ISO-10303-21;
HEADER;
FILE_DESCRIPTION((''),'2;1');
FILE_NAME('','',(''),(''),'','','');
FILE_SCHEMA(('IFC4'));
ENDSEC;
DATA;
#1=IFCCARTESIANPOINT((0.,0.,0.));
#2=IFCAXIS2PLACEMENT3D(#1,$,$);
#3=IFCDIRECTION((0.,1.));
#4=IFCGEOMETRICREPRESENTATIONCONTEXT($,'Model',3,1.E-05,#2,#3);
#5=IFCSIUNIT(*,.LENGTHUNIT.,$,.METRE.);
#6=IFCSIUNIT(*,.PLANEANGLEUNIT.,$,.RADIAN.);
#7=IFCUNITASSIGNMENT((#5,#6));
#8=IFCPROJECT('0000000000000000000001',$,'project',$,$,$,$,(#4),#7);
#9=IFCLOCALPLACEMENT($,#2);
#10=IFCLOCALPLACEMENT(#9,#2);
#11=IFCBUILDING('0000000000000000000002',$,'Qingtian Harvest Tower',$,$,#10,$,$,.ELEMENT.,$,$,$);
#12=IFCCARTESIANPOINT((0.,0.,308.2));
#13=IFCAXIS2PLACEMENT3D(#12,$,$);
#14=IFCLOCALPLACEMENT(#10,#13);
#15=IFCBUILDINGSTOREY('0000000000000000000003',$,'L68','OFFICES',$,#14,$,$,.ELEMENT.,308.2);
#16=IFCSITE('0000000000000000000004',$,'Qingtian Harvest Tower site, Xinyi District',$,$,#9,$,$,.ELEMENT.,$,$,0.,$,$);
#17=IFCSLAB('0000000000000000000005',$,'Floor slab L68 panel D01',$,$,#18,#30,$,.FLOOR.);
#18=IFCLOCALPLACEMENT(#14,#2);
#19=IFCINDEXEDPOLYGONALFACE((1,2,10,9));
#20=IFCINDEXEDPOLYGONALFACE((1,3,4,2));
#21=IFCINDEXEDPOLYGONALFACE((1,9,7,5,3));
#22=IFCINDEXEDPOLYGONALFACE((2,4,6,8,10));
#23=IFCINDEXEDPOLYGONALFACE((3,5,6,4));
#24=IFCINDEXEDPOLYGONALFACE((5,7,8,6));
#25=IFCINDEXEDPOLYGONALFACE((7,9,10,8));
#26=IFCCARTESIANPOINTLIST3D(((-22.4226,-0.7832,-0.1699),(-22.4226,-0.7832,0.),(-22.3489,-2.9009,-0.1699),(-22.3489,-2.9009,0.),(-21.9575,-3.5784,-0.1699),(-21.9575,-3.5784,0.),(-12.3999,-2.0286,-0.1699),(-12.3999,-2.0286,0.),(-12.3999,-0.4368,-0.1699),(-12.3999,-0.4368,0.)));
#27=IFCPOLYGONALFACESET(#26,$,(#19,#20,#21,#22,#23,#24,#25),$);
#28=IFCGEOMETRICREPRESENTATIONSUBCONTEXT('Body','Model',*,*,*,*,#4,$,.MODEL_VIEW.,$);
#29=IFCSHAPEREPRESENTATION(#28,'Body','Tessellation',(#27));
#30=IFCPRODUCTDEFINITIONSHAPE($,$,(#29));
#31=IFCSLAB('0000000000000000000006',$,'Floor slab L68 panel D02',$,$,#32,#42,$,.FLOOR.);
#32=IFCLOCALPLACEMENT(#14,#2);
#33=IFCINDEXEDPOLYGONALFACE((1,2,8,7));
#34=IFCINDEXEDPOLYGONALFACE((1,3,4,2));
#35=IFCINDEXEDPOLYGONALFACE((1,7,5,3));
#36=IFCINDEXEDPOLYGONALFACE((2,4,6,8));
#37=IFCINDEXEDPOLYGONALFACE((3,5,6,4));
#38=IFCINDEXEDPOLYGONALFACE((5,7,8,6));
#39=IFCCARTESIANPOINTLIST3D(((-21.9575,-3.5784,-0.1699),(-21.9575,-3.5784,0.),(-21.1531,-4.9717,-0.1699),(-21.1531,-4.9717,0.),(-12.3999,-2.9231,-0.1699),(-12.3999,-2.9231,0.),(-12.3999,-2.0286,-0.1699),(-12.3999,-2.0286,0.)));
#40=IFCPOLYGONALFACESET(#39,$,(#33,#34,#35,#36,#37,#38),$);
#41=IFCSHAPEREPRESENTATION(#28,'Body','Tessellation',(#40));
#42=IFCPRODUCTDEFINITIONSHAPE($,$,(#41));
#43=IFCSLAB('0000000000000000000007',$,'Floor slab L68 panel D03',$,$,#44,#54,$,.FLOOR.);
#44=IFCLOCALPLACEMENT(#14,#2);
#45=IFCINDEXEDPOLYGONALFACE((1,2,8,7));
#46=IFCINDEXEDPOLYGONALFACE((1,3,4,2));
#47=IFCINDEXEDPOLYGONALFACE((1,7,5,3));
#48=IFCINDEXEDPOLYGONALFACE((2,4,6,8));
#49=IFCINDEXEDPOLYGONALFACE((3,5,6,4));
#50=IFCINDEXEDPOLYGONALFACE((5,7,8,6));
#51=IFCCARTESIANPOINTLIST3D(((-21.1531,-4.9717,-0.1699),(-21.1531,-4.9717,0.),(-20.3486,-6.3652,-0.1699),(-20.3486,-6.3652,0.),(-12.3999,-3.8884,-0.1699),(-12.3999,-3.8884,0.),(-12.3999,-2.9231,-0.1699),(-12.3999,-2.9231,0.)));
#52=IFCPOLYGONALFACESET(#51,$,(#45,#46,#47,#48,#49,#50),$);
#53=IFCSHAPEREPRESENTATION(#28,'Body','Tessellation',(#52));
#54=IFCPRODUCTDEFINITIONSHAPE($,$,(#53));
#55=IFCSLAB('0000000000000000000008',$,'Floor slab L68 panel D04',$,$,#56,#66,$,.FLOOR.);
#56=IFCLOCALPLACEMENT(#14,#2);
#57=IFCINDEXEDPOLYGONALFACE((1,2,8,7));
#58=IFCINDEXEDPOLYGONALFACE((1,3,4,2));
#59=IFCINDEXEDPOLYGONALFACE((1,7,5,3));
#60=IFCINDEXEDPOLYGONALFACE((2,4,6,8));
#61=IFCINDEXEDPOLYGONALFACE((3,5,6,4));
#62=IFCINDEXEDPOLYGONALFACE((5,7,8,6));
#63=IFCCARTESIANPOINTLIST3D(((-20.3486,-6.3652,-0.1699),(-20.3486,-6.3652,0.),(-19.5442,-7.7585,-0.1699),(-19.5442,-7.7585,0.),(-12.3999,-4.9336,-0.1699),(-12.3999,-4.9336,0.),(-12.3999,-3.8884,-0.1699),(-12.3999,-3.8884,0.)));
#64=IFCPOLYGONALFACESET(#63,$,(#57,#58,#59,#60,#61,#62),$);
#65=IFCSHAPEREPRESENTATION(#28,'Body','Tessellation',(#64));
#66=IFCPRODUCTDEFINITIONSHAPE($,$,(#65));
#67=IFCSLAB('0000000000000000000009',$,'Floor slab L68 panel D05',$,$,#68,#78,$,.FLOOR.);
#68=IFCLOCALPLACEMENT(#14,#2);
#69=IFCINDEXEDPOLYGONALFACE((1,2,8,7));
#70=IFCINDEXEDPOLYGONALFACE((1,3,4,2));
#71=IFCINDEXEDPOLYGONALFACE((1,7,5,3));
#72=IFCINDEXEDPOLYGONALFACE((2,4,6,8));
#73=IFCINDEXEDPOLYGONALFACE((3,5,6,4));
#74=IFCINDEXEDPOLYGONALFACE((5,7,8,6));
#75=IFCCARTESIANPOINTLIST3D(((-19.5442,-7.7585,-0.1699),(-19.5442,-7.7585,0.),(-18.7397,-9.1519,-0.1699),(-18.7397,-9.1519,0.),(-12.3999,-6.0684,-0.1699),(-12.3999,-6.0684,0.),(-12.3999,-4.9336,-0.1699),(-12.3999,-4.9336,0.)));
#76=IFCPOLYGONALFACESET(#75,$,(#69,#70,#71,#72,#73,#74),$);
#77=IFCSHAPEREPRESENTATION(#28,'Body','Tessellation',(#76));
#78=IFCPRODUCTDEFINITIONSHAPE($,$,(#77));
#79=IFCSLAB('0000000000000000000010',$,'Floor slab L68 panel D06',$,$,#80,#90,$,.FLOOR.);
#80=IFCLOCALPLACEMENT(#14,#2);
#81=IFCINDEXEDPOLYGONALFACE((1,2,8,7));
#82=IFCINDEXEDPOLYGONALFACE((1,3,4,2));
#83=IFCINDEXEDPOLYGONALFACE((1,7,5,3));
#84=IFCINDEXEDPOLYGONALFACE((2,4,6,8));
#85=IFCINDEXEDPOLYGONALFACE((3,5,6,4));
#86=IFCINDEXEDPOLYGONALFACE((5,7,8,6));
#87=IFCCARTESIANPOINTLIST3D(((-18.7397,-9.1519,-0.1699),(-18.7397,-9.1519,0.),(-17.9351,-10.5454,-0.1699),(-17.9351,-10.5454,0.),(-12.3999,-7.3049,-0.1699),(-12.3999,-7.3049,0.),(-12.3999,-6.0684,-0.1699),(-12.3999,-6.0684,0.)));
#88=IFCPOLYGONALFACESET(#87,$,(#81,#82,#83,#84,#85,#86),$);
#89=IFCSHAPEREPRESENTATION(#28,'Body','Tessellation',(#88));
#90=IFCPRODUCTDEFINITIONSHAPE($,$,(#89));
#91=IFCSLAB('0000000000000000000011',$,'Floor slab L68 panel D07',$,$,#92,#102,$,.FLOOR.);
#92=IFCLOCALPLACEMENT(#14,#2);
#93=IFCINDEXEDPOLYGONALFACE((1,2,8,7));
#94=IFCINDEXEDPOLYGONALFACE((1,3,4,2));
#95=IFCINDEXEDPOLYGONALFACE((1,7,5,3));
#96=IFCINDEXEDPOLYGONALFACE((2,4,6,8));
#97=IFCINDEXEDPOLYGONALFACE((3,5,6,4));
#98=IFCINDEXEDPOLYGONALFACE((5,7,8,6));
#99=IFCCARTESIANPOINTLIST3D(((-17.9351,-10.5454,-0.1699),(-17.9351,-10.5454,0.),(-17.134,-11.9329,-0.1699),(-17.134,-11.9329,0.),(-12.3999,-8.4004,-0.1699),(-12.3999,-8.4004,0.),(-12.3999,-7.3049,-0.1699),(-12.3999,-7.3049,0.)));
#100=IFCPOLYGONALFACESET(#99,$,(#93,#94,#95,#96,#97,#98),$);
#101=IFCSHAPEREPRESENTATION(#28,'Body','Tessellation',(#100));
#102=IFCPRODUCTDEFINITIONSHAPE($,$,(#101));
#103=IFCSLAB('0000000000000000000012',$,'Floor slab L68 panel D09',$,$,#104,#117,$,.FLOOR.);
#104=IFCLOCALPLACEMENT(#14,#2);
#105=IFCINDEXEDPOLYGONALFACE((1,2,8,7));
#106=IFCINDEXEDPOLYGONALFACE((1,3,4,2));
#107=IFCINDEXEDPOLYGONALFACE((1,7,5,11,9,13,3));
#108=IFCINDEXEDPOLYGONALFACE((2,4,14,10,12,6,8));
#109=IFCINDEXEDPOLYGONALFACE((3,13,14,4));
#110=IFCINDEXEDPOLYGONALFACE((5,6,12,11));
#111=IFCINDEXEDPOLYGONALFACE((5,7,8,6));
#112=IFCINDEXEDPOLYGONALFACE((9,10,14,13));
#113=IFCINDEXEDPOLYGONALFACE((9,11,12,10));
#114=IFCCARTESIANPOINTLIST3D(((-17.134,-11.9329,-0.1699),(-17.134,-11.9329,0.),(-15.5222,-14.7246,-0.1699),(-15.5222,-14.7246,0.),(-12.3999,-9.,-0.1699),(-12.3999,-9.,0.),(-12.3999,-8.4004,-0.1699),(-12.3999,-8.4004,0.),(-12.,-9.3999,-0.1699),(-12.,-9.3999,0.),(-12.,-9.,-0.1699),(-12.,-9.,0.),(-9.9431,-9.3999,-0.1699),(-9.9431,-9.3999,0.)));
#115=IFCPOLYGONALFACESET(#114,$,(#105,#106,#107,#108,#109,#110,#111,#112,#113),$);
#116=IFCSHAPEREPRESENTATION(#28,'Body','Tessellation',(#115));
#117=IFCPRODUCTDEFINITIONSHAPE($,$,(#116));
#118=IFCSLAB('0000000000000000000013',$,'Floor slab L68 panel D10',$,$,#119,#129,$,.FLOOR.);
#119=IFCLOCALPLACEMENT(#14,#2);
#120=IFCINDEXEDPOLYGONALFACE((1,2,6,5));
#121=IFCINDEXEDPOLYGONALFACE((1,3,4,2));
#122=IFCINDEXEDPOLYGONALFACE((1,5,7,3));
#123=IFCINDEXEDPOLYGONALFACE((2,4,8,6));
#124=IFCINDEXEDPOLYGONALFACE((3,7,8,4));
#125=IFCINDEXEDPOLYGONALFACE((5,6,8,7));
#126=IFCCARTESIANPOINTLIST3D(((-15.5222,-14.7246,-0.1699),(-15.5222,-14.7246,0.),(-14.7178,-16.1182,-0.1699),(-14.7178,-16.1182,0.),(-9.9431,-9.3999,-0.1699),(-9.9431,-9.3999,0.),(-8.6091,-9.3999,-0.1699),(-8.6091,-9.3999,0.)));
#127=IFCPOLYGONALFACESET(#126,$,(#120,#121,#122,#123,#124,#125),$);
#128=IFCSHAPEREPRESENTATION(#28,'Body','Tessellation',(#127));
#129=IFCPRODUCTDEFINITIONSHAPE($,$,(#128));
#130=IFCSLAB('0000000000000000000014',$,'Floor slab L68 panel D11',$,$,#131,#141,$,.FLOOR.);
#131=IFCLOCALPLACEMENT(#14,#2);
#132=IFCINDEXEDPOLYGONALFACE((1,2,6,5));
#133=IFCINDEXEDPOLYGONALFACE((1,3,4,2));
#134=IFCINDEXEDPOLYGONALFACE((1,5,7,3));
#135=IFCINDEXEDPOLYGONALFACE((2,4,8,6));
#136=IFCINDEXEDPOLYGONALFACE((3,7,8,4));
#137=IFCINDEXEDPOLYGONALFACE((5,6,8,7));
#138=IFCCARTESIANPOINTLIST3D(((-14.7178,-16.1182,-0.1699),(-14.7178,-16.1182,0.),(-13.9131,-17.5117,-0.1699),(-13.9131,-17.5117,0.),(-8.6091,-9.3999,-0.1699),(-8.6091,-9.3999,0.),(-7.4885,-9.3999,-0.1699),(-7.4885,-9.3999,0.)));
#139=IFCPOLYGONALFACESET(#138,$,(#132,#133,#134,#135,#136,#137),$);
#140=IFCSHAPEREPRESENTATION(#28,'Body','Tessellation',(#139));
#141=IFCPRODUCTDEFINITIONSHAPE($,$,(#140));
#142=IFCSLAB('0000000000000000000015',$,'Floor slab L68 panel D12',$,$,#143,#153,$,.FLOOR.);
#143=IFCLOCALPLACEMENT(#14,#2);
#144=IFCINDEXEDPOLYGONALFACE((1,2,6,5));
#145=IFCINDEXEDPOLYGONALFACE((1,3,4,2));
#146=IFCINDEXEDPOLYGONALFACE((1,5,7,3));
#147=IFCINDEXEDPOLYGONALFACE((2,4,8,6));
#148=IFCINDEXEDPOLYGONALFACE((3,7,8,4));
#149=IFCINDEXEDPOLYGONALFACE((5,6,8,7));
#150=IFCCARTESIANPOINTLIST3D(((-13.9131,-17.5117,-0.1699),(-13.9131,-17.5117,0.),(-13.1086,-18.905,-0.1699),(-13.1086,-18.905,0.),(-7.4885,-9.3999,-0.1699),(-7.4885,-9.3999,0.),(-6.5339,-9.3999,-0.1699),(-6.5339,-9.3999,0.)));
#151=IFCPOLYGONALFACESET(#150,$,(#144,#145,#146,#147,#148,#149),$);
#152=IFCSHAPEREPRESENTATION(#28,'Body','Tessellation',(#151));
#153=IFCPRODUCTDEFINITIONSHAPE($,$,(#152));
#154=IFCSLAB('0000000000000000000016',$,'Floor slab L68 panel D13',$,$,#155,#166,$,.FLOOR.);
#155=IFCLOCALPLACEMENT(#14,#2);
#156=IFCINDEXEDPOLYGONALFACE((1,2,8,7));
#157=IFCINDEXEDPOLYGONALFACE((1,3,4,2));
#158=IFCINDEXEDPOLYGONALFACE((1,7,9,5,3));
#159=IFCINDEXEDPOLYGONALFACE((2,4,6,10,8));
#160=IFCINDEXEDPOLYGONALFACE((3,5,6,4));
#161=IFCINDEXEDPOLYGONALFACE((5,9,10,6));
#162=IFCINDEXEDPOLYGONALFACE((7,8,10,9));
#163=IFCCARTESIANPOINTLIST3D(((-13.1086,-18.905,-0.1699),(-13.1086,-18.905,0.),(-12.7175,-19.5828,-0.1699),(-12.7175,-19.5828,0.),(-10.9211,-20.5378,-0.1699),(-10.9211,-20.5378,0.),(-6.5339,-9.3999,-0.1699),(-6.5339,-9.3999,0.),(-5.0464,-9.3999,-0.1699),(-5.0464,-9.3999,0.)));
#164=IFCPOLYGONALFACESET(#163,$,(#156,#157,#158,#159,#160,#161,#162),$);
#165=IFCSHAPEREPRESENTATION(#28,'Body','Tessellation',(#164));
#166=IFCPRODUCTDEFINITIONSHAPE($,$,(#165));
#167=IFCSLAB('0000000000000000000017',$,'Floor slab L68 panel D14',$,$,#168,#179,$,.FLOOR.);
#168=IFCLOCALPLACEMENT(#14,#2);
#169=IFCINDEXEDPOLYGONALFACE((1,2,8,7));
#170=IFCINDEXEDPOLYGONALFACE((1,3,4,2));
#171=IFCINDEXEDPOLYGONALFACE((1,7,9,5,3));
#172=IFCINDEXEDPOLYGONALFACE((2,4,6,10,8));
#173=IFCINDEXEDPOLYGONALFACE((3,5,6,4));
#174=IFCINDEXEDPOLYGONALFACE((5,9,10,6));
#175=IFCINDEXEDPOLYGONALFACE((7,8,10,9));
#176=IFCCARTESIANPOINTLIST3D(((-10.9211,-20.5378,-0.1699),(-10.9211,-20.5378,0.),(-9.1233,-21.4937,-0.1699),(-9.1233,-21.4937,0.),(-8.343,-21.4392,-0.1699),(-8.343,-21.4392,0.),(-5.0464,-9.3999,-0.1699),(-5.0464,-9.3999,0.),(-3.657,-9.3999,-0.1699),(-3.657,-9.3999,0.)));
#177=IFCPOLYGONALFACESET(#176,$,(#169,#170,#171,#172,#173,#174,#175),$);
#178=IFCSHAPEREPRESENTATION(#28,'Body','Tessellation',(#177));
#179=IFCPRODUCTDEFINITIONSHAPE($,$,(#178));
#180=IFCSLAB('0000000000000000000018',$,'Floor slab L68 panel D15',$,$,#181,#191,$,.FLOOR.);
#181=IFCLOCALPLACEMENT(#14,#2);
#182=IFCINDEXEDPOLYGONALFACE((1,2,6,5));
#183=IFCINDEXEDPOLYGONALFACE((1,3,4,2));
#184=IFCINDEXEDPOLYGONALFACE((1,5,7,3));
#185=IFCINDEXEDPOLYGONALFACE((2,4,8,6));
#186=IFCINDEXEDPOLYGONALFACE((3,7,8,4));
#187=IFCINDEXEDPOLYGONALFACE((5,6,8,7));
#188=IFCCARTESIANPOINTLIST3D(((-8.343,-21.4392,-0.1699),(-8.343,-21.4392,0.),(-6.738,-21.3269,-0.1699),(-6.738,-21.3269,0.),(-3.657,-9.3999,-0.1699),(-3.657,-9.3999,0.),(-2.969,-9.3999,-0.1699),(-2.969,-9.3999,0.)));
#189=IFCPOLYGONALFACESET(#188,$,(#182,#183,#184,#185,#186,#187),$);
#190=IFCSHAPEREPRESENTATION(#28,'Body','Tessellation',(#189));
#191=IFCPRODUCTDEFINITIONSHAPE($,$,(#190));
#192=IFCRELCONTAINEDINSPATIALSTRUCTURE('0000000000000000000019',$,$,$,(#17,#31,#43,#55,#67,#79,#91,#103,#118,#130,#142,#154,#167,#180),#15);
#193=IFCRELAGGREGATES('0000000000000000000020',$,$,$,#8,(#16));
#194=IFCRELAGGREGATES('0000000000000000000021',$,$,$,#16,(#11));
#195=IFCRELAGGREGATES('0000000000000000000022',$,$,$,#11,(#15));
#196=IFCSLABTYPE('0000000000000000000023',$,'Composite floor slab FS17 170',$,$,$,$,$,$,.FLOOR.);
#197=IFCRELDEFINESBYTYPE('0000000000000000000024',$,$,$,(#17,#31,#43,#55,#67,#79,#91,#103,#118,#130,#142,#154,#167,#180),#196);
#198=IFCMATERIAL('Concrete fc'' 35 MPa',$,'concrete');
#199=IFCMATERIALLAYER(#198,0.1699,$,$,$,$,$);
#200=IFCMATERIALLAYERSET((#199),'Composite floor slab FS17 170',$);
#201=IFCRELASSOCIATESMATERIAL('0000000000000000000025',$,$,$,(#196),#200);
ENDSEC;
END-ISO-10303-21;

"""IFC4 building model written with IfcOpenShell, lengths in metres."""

from ifc_helpers import new_model, si_unit, direction, frame, origin, place, context, subcontext, project, spatial, polyline, outline, extrude, material, layer, layer_set, type_object, element, save


model = new_model("IFC4")

# Units and contexts
model_context = context("Model", 3, precision=1e-05, world=origin(), true_north=direction((0.0, 1.0)))
body_context = subcontext(model_context, "Body", "Model", "MODEL_VIEW")
ifc_project = project(units=[si_unit("LENGTHUNIT", "METRE"), si_unit("PLANEANGLEUNIT", "RADIAN")], contexts=[model_context])

# Site, building, storey
site_placement = place(None, origin())
site = spatial("IfcSite", under=ifc_project, at=site_placement, Name="Qingtian Harvest Tower site, Xinyi District", CompositionType="ELEMENT", RefElevation=0.0)
building_placement = place(site_placement, origin())
building = spatial("IfcBuilding", under=site, at=building_placement, Name="Qingtian Harvest Tower", CompositionType="ELEMENT")
storey_placement = place(building_placement, frame((0.0, 0.0, 308.2)))
storey = spatial("IfcBuildingStorey", under=building, at=storey_placement, Name="L68", Description="OFFICES", CompositionType="ELEMENT", Elevation=308.2)

# Slabs
ifc_material_1 = material(Name="Concrete fc' 35 MPa", Category="concrete")
ifc_layer_1 = layer(ifc_material_1, 0.1699)
ifc_layer_set_1 = layer_set([ifc_layer_1], Name="Composite floor slab FS17 170")
slab_type_1 = type_object("IfcSlabType", Name="Composite floor slab FS17 170", PredefinedType="FLOOR", material=ifc_layer_set_1)
slab_1_placement = place(storey_placement, frame((0.0, 0.0, -0.1699)))
element("IfcSlab", 1, at=slab_1_placement, inside=storey, type_object=slab_type_1, Name="Floor slab L68 panel D01", PredefinedType="FLOOR", context=body_context, shape_type="SweptSolid", body=[
    extrude(outline(polyline([(-22.4226, -0.7832), (-12.3999, -0.4368), (-12.3999, -2.0286), (-21.9575, -3.5784), (-22.3489, -2.9009), (-22.4226, -0.7832)])), origin(), (0.0, 0.0, 1.0), 0.1699),
])
slab_2_placement = place(storey_placement, frame((0.0, 0.0, -0.1699)))
element("IfcSlab", 2, at=slab_2_placement, inside=storey, type_object=slab_type_1, Name="Floor slab L68 panel D02", PredefinedType="FLOOR", context=body_context, shape_type="SweptSolid", body=[
    extrude(outline(polyline([(-12.3999, -2.9231), (-21.1531, -4.9717), (-21.9575, -3.5784), (-12.3999, -2.0286), (-12.3999, -2.9231)])), origin(), (0.0, 0.0, 1.0), 0.1699),
])
slab_3_placement = place(storey_placement, frame((0.0, 0.0, -0.1699)))
element("IfcSlab", 3, at=slab_3_placement, inside=storey, type_object=slab_type_1, Name="Floor slab L68 panel D03", PredefinedType="FLOOR", context=body_context, shape_type="SweptSolid", body=[
    extrude(outline(polyline([(-12.3999, -3.8884), (-20.3486, -6.3652), (-21.1531, -4.9717), (-12.3999, -2.9231), (-12.3999, -3.8884)])), origin(), (0.0, 0.0, 1.0), 0.1699),
])
slab_4_placement = place(storey_placement, frame((0.0, 0.0, -0.1699)))
element("IfcSlab", 4, at=slab_4_placement, inside=storey, type_object=slab_type_1, Name="Floor slab L68 panel D04", PredefinedType="FLOOR", context=body_context, shape_type="SweptSolid", body=[
    extrude(outline(polyline([(-12.3999, -4.9336), (-19.5442, -7.7585), (-20.3486, -6.3652), (-12.3999, -3.8884), (-12.3999, -4.9336)])), origin(), (0.0, 0.0, 1.0), 0.1699),
])
slab_5_placement = place(storey_placement, frame((0.0, 0.0, -0.1699)))
element("IfcSlab", 5, at=slab_5_placement, inside=storey, type_object=slab_type_1, Name="Floor slab L68 panel D05", PredefinedType="FLOOR", context=body_context, shape_type="SweptSolid", body=[
    extrude(outline(polyline([(-12.3999, -6.0684), (-18.7397, -9.1519), (-19.5442, -7.7585), (-12.3999, -4.9336), (-12.3999, -6.0684)])), origin(), (0.0, 0.0, 1.0), 0.1699),
])
slab_6_placement = place(storey_placement, frame((0.0, 0.0, -0.1699)))
element("IfcSlab", 6, at=slab_6_placement, inside=storey, type_object=slab_type_1, Name="Floor slab L68 panel D06", PredefinedType="FLOOR", context=body_context, shape_type="SweptSolid", body=[
    extrude(outline(polyline([(-12.3999, -7.3049), (-17.9351, -10.5454), (-18.7397, -9.1519), (-12.3999, -6.0684), (-12.3999, -7.3049)])), origin(), (0.0, 0.0, 1.0), 0.1699),
])
slab_7_placement = place(storey_placement, frame((0.0, 0.0, -0.1699)))
element("IfcSlab", 7, at=slab_7_placement, inside=storey, type_object=slab_type_1, Name="Floor slab L68 panel D07", PredefinedType="FLOOR", context=body_context, shape_type="SweptSolid", body=[
    extrude(outline(polyline([(-12.3999, -8.4004), (-17.134, -11.9329), (-17.9351, -10.5454), (-12.3999, -7.3049), (-12.3999, -8.4004)])), origin(), (0.0, 0.0, 1.0), 0.1699),
])
slab_8_placement = place(storey_placement, frame((0.0, 0.0, -0.1699)))
element("IfcSlab", 8, at=slab_8_placement, inside=storey, type_object=slab_type_1, Name="Floor slab L68 panel D09", PredefinedType="FLOOR", context=body_context, shape_type="SweptSolid", body=[
    extrude(outline(polyline([(-15.5222, -14.7246), (-17.134, -11.9329), (-12.3999, -8.4004), (-12.3999, -9.0), (-12.0, -9.0), (-12.0, -9.3999), (-9.9431, -9.3999), (-15.5222, -14.7246)])), origin(), (0.0, 0.0, 1.0), 0.1699),
])
slab_9_placement = place(storey_placement, frame((0.0, 0.0, -0.1699)))
element("IfcSlab", 9, at=slab_9_placement, inside=storey, type_object=slab_type_1, Name="Floor slab L68 panel D10", PredefinedType="FLOOR", context=body_context, shape_type="SweptSolid", body=[
    extrude(outline(polyline([(-8.6091, -9.3999), (-14.7178, -16.1182), (-15.5222, -14.7246), (-9.9431, -9.3999), (-8.6091, -9.3999)])), origin(), (0.0, 0.0, 1.0), 0.1699),
])
slab_10_placement = place(storey_placement, frame((0.0, 0.0, -0.1699)))
element("IfcSlab", 10, at=slab_10_placement, inside=storey, type_object=slab_type_1, Name="Floor slab L68 panel D11", PredefinedType="FLOOR", context=body_context, shape_type="SweptSolid", body=[
    extrude(outline(polyline([(-7.4885, -9.3999), (-13.9131, -17.5117), (-14.7178, -16.1182), (-8.6091, -9.3999), (-7.4885, -9.3999)])), origin(), (0.0, 0.0, 1.0), 0.1699),
])
slab_11_placement = place(storey_placement, frame((0.0, 0.0, -0.1699)))
element("IfcSlab", 11, at=slab_11_placement, inside=storey, type_object=slab_type_1, Name="Floor slab L68 panel D12", PredefinedType="FLOOR", context=body_context, shape_type="SweptSolid", body=[
    extrude(outline(polyline([(-6.5339, -9.3999), (-13.1086, -18.905), (-13.9131, -17.5117), (-7.4885, -9.3999), (-6.5339, -9.3999)])), origin(), (0.0, 0.0, 1.0), 0.1699),
])
slab_12_placement = place(storey_placement, frame((0.0, 0.0, -0.1699)))
element("IfcSlab", 12, at=slab_12_placement, inside=storey, type_object=slab_type_1, Name="Floor slab L68 panel D13", PredefinedType="FLOOR", context=body_context, shape_type="SweptSolid", body=[
    extrude(outline(polyline([(-6.5339, -9.3999), (-5.0464, -9.3999), (-10.9211, -20.5378), (-12.7175, -19.5828), (-13.1086, -18.905), (-6.5339, -9.3999)])), origin(), (0.0, 0.0, 1.0), 0.1699),
])
slab_13_placement = place(storey_placement, frame((0.0, 0.0, -0.1699)))
element("IfcSlab", 13, at=slab_13_placement, inside=storey, type_object=slab_type_1, Name="Floor slab L68 panel D14", PredefinedType="FLOOR", context=body_context, shape_type="SweptSolid", body=[
    extrude(outline(polyline([(-5.0464, -9.3999), (-3.657, -9.3999), (-8.343, -21.4392), (-9.1233, -21.4937), (-10.9211, -20.5378), (-5.0464, -9.3999)])), origin(), (0.0, 0.0, 1.0), 0.1699),
])
slab_14_placement = place(storey_placement, frame((0.0, 0.0, -0.1699)))
element("IfcSlab", 14, at=slab_14_placement, inside=storey, type_object=slab_type_1, Name="Floor slab L68 panel D15", PredefinedType="FLOOR", context=body_context, shape_type="SweptSolid", body=[
    extrude(outline(polyline([(-2.969, -9.3999), (-6.738, -21.3269), (-8.343, -21.4392), (-3.657, -9.3999), (-2.969, -9.3999)])), origin(), (0.0, 0.0, 1.0), 0.1699),
])

save(model, "model.ifc")
